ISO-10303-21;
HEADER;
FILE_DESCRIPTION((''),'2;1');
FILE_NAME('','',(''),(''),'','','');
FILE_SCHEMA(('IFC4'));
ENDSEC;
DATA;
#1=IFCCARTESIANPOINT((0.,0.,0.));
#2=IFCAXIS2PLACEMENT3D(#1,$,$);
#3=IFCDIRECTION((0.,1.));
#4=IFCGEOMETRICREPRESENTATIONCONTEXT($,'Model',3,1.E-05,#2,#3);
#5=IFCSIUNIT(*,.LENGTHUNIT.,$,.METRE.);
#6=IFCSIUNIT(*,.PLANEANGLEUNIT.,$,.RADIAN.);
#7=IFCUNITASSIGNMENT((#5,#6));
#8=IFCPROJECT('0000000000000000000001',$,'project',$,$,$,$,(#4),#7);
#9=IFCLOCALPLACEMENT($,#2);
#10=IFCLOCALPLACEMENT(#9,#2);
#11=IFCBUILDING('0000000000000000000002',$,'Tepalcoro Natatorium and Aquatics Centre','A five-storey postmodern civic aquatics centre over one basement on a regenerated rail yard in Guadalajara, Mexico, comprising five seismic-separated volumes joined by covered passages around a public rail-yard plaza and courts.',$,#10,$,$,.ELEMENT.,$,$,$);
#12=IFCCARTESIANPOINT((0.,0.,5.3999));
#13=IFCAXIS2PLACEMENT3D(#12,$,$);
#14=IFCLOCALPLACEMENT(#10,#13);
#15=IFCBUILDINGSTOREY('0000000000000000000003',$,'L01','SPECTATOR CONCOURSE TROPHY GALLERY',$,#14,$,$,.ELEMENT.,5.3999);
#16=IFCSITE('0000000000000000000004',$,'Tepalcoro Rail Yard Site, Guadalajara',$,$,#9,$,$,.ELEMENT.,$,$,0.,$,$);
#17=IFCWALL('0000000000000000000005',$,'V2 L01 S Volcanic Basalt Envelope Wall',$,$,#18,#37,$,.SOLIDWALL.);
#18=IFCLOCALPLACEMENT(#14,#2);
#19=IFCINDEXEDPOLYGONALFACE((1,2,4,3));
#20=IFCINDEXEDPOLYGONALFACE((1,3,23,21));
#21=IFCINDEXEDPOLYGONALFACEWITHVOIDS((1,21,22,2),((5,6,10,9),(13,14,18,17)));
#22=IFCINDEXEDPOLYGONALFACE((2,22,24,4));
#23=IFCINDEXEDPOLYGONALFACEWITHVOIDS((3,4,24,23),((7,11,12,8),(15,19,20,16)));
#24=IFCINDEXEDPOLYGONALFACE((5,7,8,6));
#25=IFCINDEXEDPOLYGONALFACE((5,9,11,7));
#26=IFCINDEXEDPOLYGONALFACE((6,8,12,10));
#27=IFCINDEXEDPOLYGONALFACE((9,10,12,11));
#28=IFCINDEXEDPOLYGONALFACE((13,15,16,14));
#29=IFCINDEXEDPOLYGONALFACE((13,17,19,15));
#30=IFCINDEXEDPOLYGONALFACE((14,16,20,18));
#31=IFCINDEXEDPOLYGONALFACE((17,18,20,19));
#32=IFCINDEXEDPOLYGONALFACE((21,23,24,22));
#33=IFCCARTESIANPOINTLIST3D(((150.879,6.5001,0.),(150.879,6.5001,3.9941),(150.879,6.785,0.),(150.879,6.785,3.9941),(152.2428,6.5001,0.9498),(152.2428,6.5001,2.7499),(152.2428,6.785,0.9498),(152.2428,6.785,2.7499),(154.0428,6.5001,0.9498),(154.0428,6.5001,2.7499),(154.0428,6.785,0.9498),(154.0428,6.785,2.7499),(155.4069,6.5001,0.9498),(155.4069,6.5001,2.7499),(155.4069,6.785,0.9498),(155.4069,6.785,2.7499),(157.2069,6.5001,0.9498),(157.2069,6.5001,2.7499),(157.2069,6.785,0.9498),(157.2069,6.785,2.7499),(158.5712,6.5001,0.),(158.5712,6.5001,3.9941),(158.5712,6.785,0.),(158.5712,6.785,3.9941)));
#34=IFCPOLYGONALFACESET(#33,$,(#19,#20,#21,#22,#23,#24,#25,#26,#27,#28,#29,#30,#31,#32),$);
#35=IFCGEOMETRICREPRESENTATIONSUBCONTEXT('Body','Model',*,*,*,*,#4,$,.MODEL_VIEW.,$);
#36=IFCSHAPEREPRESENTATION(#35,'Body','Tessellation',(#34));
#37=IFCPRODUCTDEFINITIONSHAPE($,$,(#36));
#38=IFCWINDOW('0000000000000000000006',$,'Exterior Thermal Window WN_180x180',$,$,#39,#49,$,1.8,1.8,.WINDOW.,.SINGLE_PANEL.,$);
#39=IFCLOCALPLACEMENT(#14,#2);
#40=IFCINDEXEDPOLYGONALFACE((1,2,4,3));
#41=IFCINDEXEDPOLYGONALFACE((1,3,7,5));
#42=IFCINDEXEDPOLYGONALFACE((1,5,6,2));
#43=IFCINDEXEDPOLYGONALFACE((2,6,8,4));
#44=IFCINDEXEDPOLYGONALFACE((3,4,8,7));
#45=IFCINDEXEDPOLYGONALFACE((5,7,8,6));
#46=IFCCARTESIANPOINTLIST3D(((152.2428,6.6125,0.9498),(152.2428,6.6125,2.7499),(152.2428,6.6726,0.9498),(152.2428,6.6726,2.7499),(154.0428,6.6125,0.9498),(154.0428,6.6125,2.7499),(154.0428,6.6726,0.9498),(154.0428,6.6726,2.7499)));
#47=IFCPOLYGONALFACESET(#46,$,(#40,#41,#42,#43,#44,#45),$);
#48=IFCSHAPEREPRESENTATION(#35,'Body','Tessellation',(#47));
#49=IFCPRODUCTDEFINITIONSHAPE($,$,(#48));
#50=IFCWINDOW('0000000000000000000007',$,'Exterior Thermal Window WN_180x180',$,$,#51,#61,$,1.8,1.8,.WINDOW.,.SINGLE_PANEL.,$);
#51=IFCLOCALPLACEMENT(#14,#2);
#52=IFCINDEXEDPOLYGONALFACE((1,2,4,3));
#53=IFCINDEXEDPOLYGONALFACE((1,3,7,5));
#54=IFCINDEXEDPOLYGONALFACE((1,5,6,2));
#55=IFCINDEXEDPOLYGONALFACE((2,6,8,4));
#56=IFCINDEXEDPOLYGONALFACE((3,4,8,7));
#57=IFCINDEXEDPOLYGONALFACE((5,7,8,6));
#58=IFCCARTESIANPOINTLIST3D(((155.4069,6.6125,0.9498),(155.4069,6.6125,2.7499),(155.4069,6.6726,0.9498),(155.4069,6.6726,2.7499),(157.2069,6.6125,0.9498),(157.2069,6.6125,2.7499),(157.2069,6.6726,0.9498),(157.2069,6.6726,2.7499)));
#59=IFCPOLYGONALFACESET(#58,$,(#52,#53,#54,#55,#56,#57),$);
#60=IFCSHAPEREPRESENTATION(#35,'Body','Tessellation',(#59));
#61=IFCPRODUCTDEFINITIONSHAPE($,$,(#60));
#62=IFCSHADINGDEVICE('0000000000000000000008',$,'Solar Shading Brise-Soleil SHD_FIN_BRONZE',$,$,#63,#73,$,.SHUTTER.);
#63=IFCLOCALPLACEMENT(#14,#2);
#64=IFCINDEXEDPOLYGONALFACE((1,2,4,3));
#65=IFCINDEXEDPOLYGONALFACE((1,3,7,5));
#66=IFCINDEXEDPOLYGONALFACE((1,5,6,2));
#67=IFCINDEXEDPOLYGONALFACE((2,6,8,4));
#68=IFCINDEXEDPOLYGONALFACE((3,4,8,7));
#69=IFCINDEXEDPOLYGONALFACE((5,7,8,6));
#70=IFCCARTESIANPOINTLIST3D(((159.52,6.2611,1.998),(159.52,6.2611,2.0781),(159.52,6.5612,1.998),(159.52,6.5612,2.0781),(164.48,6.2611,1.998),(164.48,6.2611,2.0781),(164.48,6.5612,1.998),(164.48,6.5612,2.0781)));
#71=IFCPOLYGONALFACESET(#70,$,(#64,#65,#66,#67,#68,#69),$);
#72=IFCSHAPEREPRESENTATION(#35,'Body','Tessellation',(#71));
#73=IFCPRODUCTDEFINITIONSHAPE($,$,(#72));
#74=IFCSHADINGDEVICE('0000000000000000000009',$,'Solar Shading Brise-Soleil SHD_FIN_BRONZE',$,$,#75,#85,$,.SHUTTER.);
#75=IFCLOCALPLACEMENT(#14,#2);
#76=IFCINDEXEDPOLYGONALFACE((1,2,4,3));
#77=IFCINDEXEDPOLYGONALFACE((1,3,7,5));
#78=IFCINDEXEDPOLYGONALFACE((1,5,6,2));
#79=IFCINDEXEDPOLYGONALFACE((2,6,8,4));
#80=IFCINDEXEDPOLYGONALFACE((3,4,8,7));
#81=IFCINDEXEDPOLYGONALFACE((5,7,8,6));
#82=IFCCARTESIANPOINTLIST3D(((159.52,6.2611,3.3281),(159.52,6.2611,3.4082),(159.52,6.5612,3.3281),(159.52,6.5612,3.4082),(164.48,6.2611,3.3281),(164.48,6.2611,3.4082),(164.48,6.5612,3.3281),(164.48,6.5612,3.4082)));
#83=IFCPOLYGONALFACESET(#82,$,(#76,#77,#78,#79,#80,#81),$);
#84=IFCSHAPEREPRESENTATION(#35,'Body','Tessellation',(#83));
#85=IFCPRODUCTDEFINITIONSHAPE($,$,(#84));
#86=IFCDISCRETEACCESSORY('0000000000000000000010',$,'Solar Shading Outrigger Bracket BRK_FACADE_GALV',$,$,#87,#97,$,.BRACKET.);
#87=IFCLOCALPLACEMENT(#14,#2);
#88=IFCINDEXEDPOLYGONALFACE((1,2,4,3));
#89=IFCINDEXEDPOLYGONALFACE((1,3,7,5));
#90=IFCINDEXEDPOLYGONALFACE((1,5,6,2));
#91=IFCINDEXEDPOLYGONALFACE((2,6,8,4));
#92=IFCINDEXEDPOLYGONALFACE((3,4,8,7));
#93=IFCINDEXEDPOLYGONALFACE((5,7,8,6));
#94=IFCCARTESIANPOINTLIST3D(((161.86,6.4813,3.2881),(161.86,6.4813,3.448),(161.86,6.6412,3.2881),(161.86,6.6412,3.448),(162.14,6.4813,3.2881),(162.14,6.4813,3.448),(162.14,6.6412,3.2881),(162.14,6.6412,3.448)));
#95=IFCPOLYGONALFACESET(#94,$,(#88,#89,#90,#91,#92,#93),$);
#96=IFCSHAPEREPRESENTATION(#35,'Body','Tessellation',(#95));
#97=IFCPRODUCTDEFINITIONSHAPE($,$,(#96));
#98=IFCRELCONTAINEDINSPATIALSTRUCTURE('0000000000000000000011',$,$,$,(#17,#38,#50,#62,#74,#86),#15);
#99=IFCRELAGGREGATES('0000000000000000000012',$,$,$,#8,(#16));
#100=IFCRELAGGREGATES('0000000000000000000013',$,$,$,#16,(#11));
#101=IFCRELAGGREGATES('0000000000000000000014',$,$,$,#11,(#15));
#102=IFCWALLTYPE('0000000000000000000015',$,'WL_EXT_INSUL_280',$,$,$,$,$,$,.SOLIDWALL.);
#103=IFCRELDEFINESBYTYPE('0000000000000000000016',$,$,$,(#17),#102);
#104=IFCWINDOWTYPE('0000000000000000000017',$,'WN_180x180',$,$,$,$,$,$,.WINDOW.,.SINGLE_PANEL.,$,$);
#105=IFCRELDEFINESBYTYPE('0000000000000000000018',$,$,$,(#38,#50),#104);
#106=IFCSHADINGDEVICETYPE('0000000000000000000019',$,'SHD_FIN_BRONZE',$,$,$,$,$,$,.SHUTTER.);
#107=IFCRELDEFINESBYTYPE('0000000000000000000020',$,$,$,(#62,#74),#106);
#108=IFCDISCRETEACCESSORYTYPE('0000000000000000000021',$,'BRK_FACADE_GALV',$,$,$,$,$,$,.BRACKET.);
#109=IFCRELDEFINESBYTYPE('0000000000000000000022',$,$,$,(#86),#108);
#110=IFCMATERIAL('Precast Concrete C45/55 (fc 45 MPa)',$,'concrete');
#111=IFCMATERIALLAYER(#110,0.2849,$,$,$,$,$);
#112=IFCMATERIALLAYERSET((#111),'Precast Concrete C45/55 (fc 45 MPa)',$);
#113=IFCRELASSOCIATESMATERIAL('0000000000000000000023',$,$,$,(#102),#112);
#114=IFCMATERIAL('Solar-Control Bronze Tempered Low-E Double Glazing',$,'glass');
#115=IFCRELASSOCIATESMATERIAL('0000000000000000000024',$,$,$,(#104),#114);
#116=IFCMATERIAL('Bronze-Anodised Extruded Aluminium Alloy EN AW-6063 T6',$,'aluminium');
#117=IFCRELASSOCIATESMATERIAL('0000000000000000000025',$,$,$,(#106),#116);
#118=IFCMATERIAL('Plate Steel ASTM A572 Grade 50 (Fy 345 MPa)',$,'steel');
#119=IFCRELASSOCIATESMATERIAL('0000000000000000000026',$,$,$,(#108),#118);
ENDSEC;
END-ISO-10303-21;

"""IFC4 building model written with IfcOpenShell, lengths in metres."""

from ifc_helpers import new_model, si_unit, direction, frame, frame_2d, origin, origin_2d, place, context, subcontext, project, spatial, rectangle, extrude, material, layer, layer_set, type_object, element, fill, save


model = new_model("IFC4")

# Units and contexts
model_context = context("Model", 3, precision=1e-05, world=origin(), true_north=direction((0.0, 1.0)))
body_context = subcontext(model_context, "Body", "Model", "MODEL_VIEW")
ifc_project = project(units=[si_unit("LENGTHUNIT", "METRE"), si_unit("PLANEANGLEUNIT", "RADIAN")], contexts=[model_context])

# Site, building, storey
site_placement = place(None, origin())
site = spatial("IfcSite", under=ifc_project, at=site_placement, Name="Tepalcoro Rail Yard Site, Guadalajara", CompositionType="ELEMENT", RefElevation=0.0)
building_placement = place(site_placement, origin())
building = spatial("IfcBuilding", under=site, at=building_placement, Name="Tepalcoro Natatorium and Aquatics Centre", Description="A five-storey postmodern civic aquatics centre over one basement on a regenerated rail yard in Guadalajara, Mexico, comprising five seismic-separated volumes joined by covered passages around a public rail-yard plaza and courts.", CompositionType="ELEMENT")
storey_placement = place(building_placement, frame((0.0, 0.0, 5.3999)))
storey = spatial("IfcBuildingStorey", under=building, at=storey_placement, Name="L01", Description="SPECTATOR CONCOURSE TROPHY GALLERY", CompositionType="ELEMENT", Elevation=5.3999)

# Shared definitions
ifc_material_1 = material(Name="Bronze-Anodised Extruded Aluminium Alloy EN AW-6063 T6", Category="aluminium")

# Shared definitions
ifc_material_2 = material(Name="Solar-Control Bronze Tempered Low-E Double Glazing", Category="glass")

# Wall, openings, windows
ifc_material_3 = material(Name="Precast Concrete C45/55 (fc 45 MPa)", Category="concrete")
ifc_layer_1 = layer(ifc_material_3, 0.2849)
ifc_layer_set_1 = layer_set([ifc_layer_1], Name="Precast Concrete C45/55 (fc 45 MPa)")
wall_type = type_object("IfcWallType", Name="WL_EXT_INSUL_280", PredefinedType="SOLIDWALL", material=ifc_layer_set_1)
wall_placement = place(storey_placement, frame((150.8789, 6.6426, 0.0), z_axis=(0.0, 0.0, 1.0), x_axis=(1.0, 0.0, 0.0)))
wall = element("IfcWall", 1, at=wall_placement, inside=storey, type_object=wall_type, Name="V2 L01 S Volcanic Basalt Envelope Wall", PredefinedType="SOLIDWALL", context=body_context, shape_type="SweptSolid", body=[
    extrude(rectangle(XDim=7.6921, YDim=0.2849, at=frame_2d((3.8462, 0.0))), origin(), (0.0, 0.0, 1.0), 3.9941),
])
opening_1_placement = place(wall_placement, frame((1.364, 0.0, 0.95)))
opening_1 = element("IfcOpeningElement", 2, at=opening_1_placement, cuts=wall, PredefinedType="OPENING", context=body_context, shape_type="SweptSolid", body=[
    extrude(rectangle(XDim=1.8, YDim=1.8, at=frame_2d((0.8999, 0.8999))), frame((0.0, 0.1543, 0.0), z_axis=(0.0, -1.0, 0.0), x_axis=(1.0, 0.0, 0.0)), (0.0, 0.0, 1.0), 0.3088),
])
opening_2_placement = place(wall_placement, frame((4.5281, 0.0, 0.95)))
opening_2 = element("IfcOpeningElement", 3, at=opening_2_placement, cuts=wall, PredefinedType="OPENING", context=body_context, shape_type="SweptSolid", body=[
    extrude(rectangle(XDim=1.8, YDim=1.8, at=frame_2d((0.8999, 0.8999))), frame((0.0, 0.1543, 0.0), z_axis=(0.0, -1.0, 0.0), x_axis=(1.0, 0.0, 0.0)), (0.0, 0.0, 1.0), 0.3088),
])
window_type = type_object("IfcWindowType", Name="WN_180x180", PartitioningType="SINGLE_PANEL", PredefinedType="WINDOW", material=ifc_material_2)
window_1_placement = place(opening_1_placement, origin())
window_1 = element("IfcWindow", 4, at=window_1_placement, inside=storey, type_object=window_type, Name="Exterior Thermal Window WN_180x180", OverallHeight=1.8, OverallWidth=1.8, PartitioningType="SINGLE_PANEL", PredefinedType="WINDOW", context=body_context, shape_type="SweptSolid", body=[
    extrude(rectangle(XDim=1.8, YDim=1.8, at=frame_2d((0.8999, 0.8999))), frame((0.0, 0.03, 0.0), z_axis=(0.0, -1.0, 0.0), x_axis=(1.0, 0.0, 0.0)), (0.0, 0.0, 1.0), 0.0601),
])
fill(opening_1, window_1)
window_2_placement = place(opening_2_placement, origin())
window_2 = element("IfcWindow", 5, at=window_2_placement, inside=storey, type_object=window_type, Name="Exterior Thermal Window WN_180x180", OverallHeight=1.8, OverallWidth=1.8, PartitioningType="SINGLE_PANEL", PredefinedType="WINDOW", context=body_context, shape_type="SweptSolid", body=[
    extrude(rectangle(XDim=1.8, YDim=1.8, at=frame_2d((0.8999, 0.8999))), frame((0.0, 0.03, 0.0), z_axis=(0.0, -1.0, 0.0), x_axis=(1.0, 0.0, 0.0)), (0.0, 0.0, 1.0), 0.0601),
])
fill(opening_2, window_2)

# Shading devices
shading_device_type = type_object("IfcShadingDeviceType", Name="SHD_FIN_BRONZE", PredefinedType="SHUTTER", material=ifc_material_1)
for number, where, z_axis, x_axis, name in (
    (6, (162.0, 6.4111, 1.998), (0.0, 0.0, 1.0), (1.0, 0.0, 0.0), "Solar Shading Brise-Soleil SHD_FIN_BRONZE"),
    (7, (162.0, 6.4111, 3.3281), (0.0, 0.0, 1.0), (1.0, 0.0, 0.0), "Solar Shading Brise-Soleil SHD_FIN_BRONZE"),
):
    element("IfcShadingDevice", number, at=place(storey_placement, frame(where, z_axis=z_axis, x_axis=x_axis)), inside=storey, type_object=shading_device_type, Name=name, PredefinedType="SHUTTER", context=body_context, shape_type="SweptSolid", body=[
        extrude(rectangle(XDim=4.96, YDim=0.3, at=origin_2d()), origin(), (0.0, 0.0, 1.0), 0.0801),
    ])

# Discrete accessory
ifc_material_4 = material(Name="Plate Steel ASTM A572 Grade 50 (Fy 345 MPa)", Category="steel")
discrete_accessory_type = type_object("IfcDiscreteAccessoryType", Name="BRK_FACADE_GALV", PredefinedType="BRACKET", material=ifc_material_4)
discrete_accessory_placement = place(storey_placement, frame((162.0, 6.5613, 3.2881), z_axis=(0.0, 0.0, 1.0), x_axis=(1.0, 0.0, 0.0)))
element("IfcDiscreteAccessory", 8, at=discrete_accessory_placement, inside=storey, type_object=discrete_accessory_type, Name="Solar Shading Outrigger Bracket BRK_FACADE_GALV", PredefinedType="BRACKET", context=body_context, shape_type="SweptSolid", body=[
    extrude(rectangle(XDim=0.28, YDim=0.1599, at=origin_2d()), origin(), (0.0, 0.0, 1.0), 0.1599),
])

save(model, "model.ifc")
